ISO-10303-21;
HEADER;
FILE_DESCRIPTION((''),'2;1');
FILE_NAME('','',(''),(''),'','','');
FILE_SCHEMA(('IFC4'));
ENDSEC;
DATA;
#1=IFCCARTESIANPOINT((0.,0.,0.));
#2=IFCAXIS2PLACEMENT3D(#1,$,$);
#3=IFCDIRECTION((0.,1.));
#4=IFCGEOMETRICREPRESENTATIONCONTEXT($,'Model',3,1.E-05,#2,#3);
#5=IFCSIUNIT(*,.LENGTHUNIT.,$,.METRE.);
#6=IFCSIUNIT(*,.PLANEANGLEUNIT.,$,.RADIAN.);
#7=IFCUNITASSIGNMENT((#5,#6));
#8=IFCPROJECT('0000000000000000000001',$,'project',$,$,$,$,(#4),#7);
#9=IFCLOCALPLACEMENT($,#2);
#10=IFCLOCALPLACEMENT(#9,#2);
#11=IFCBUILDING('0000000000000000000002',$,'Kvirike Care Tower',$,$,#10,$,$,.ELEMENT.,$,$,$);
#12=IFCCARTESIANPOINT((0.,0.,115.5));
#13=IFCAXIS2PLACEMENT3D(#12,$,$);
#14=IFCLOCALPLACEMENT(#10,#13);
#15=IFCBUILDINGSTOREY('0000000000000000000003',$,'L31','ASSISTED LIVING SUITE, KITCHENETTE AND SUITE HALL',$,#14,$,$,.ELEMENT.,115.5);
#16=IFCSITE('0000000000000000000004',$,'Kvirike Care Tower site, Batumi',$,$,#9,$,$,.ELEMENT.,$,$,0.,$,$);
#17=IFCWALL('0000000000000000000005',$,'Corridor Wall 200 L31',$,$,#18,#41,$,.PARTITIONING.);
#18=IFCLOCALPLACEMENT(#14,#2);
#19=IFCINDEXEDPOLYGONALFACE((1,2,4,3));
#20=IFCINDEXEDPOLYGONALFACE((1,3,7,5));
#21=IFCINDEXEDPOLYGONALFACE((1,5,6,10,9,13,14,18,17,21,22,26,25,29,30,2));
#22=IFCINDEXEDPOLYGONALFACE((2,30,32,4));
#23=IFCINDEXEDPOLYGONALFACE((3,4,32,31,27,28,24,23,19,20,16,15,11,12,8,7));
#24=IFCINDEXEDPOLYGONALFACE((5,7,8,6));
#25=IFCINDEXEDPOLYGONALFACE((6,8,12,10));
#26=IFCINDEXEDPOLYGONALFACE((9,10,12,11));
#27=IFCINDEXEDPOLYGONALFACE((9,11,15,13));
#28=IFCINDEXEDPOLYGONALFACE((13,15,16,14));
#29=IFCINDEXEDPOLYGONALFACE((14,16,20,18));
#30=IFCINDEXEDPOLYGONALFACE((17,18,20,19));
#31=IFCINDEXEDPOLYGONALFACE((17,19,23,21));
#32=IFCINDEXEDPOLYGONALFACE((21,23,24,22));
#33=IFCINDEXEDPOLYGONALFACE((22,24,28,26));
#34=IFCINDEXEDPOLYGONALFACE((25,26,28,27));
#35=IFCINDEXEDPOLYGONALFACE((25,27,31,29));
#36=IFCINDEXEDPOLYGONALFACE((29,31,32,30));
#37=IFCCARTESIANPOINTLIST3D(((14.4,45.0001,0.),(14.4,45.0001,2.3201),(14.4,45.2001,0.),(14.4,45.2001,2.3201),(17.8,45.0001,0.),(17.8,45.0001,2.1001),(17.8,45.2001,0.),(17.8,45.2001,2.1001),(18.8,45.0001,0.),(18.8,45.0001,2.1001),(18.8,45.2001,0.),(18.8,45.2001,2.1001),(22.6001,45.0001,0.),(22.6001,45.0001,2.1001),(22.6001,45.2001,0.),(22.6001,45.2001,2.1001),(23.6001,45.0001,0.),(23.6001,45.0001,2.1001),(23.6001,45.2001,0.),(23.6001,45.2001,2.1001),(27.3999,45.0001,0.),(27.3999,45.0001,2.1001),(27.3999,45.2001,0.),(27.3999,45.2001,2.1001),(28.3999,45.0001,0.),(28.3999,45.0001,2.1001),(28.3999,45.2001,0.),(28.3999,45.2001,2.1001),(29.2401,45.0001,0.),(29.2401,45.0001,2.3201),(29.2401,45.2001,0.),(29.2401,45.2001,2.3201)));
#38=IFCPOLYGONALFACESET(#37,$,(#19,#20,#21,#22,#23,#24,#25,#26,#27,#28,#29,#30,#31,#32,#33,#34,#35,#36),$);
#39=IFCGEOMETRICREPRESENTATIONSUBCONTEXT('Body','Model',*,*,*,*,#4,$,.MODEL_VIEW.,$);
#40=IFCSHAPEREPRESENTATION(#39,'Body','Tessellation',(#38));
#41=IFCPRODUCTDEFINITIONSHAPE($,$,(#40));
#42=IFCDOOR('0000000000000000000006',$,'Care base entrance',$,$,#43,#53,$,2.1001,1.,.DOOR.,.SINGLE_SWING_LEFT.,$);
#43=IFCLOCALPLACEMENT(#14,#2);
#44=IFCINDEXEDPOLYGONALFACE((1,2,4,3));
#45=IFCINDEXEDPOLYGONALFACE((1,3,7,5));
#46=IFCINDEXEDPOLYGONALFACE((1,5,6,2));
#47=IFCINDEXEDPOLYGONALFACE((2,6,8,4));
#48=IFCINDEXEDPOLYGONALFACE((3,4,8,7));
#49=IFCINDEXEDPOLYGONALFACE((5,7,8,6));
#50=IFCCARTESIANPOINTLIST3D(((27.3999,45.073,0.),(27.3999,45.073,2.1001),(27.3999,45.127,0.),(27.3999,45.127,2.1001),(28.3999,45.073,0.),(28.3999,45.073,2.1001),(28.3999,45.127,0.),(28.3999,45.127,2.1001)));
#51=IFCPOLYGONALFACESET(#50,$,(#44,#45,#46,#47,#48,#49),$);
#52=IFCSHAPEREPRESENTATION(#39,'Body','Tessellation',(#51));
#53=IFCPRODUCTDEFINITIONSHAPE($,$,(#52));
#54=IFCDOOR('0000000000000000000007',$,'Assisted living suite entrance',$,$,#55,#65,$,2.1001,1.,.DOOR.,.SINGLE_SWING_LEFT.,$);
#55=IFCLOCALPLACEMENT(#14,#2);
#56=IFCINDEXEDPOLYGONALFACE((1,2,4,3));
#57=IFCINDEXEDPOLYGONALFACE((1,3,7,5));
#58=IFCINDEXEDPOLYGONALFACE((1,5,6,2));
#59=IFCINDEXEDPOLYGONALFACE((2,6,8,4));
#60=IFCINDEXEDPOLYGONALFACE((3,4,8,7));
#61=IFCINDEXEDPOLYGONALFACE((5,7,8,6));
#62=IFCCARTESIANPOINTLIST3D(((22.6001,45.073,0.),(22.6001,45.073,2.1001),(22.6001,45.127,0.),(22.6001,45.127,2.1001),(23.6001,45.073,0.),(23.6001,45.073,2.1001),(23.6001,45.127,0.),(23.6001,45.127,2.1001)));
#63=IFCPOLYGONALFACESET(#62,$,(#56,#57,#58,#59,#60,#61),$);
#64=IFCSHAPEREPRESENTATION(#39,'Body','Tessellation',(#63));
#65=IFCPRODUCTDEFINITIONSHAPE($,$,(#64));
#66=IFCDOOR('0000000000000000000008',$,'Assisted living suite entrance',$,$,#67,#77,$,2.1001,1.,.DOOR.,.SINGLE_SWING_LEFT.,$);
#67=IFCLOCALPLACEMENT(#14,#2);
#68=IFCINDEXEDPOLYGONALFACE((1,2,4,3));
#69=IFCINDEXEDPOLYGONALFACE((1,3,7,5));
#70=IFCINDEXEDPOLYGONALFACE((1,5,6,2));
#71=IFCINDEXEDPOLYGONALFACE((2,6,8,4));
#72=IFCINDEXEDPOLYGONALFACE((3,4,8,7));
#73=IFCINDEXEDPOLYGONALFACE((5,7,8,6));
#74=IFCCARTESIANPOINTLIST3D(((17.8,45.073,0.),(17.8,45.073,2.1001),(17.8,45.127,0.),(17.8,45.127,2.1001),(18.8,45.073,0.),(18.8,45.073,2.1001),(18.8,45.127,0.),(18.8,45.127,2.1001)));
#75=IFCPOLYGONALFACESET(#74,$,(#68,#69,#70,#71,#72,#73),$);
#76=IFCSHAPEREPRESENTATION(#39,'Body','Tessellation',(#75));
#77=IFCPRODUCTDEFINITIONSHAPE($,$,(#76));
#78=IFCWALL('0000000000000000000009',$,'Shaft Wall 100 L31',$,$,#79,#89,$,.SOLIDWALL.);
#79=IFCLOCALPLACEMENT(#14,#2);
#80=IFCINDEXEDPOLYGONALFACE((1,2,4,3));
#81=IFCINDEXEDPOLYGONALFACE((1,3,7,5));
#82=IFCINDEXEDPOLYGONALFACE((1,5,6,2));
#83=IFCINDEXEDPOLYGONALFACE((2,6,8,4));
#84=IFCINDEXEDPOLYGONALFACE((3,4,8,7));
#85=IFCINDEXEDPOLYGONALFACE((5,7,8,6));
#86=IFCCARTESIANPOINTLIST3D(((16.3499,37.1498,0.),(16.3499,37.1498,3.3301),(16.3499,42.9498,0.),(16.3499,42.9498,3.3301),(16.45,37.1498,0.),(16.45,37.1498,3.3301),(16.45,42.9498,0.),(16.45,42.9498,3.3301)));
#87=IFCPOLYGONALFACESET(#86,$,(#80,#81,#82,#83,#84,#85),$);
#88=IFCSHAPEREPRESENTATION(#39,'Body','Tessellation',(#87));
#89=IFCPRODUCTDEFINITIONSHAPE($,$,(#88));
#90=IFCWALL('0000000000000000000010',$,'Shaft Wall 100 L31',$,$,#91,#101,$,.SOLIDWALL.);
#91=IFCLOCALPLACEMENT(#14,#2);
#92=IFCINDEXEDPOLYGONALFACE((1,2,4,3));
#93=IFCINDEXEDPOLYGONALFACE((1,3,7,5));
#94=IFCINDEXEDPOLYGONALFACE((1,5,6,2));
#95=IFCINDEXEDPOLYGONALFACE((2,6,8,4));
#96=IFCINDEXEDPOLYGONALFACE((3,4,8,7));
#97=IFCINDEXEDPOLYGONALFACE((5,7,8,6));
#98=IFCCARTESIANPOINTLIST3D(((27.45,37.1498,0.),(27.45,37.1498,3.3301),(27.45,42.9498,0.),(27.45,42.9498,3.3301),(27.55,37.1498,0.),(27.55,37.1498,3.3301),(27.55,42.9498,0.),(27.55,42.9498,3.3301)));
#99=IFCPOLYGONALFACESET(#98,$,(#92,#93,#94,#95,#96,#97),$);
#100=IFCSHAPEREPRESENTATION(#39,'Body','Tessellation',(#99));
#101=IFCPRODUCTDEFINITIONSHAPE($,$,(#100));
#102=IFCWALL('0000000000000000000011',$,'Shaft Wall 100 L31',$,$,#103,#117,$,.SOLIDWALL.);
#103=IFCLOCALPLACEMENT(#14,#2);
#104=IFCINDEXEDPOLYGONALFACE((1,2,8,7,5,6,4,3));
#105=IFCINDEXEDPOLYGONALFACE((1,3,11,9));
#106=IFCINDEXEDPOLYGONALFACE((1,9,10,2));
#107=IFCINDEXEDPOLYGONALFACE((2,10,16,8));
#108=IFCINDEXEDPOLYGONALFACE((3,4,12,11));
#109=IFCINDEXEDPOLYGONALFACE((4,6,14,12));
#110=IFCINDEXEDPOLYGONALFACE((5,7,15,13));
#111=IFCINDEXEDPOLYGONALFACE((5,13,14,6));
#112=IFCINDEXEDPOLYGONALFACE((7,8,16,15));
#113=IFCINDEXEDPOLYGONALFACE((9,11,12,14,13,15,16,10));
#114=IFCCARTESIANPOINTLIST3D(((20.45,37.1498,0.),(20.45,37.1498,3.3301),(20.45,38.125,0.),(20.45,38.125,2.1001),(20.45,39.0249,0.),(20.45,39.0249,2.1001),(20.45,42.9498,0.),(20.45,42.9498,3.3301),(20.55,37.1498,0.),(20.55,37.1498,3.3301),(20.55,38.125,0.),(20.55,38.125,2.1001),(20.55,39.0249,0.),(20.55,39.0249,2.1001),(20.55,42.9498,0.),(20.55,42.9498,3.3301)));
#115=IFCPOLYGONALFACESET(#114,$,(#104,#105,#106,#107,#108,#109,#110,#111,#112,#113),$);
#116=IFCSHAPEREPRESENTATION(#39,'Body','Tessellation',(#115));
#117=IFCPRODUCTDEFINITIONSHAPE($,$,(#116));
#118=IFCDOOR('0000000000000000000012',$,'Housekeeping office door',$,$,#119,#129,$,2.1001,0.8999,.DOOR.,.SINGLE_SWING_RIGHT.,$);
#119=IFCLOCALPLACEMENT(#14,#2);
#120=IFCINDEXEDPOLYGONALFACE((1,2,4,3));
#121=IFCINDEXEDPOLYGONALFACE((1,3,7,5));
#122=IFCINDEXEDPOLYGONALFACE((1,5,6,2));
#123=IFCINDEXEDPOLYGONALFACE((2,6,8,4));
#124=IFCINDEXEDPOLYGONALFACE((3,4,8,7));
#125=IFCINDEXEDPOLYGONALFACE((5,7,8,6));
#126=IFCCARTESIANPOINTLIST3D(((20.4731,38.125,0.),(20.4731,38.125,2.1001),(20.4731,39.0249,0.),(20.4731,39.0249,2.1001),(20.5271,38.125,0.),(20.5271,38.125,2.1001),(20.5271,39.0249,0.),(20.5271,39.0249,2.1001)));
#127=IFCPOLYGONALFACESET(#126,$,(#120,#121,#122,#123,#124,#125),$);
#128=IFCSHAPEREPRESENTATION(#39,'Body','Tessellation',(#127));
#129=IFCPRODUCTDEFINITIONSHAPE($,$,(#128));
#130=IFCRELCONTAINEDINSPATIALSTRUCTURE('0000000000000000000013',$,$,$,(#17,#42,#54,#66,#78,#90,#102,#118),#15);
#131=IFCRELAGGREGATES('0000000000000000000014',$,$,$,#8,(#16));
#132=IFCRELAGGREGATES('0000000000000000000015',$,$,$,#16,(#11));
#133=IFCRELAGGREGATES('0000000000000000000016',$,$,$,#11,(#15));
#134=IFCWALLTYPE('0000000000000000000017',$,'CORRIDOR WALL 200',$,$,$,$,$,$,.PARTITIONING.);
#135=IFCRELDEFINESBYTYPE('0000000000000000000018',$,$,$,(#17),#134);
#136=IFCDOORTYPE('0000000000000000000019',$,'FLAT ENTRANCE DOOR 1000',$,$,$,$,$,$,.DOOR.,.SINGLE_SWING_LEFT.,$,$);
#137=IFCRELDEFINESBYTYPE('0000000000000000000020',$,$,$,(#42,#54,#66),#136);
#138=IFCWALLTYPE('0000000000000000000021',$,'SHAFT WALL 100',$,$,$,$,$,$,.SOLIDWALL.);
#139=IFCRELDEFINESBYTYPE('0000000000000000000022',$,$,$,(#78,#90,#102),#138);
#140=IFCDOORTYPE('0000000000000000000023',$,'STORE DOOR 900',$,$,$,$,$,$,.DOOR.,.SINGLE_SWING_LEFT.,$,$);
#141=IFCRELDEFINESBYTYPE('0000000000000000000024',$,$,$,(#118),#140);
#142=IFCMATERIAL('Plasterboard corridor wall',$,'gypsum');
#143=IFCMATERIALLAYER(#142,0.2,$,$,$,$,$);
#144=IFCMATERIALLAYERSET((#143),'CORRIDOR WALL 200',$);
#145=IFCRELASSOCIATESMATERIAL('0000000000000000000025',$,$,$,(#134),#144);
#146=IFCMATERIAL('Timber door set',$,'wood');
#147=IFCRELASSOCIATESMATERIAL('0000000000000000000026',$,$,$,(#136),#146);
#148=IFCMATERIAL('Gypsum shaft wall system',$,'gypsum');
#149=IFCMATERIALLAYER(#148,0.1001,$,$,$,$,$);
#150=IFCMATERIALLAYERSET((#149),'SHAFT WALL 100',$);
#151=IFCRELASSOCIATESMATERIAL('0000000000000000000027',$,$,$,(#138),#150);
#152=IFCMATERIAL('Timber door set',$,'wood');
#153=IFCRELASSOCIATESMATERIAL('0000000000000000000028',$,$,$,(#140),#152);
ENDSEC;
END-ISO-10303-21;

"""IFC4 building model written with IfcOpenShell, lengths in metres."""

from ifc_helpers import new_model, si_unit, direction, frame, frame_2d, origin, place, context, subcontext, project, spatial, rectangle, extrude, material, layer, layer_set, type_object, element, fill, save


model = new_model("IFC4")

# Units and contexts
model_context = context("Model", 3, precision=1e-05, world=origin(), true_north=direction((0.0, 1.0)))
body_context = subcontext(model_context, "Body", "Model", "MODEL_VIEW")
ifc_project = project(units=[si_unit("LENGTHUNIT", "METRE"), si_unit("PLANEANGLEUNIT", "RADIAN")], contexts=[model_context])

# Site, building, storey
site_placement = place(None, origin())
site = spatial("IfcSite", under=ifc_project, at=site_placement, Name="Kvirike Care Tower site, Batumi", CompositionType="ELEMENT", RefElevation=0.0)
building_placement = place(site_placement, origin())
building = spatial("IfcBuilding", under=site, at=building_placement, Name="Kvirike Care Tower", CompositionType="ELEMENT")
storey_placement = place(building_placement, frame((0.0, 0.0, 115.5)))
storey = spatial("IfcBuildingStorey", under=building, at=storey_placement, Name="L31", Description="ASSISTED LIVING SUITE, KITCHENETTE AND SUITE HALL", CompositionType="ELEMENT", Elevation=115.5)

# Wall, openings, doors
ifc_material_1 = material(Name="Plasterboard corridor wall", Category="gypsum")
ifc_layer_1 = layer(ifc_material_1, 0.2)
ifc_layer_set_1 = layer_set([ifc_layer_1], Name="CORRIDOR WALL 200")
wall_type_1 = type_object("IfcWallType", Name="CORRIDOR WALL 200", PredefinedType="PARTITIONING", material=ifc_layer_set_1)
wall_1_placement = place(storey_placement, frame((29.24, 45.1001, 0.0), z_axis=(0.0, 0.0, 1.0), x_axis=(-1.0, 0.0, 0.0)))
wall_1 = element("IfcWall", 1, at=wall_1_placement, inside=storey, type_object=wall_type_1, Name="Corridor Wall 200 L31", PredefinedType="PARTITIONING", context=body_context, shape_type="SweptSolid", body=[
    extrude(rectangle(XDim=14.8401, YDim=0.2, at=frame_2d((7.4199, 0.0))), origin(), (0.0, 0.0, 1.0), 2.3201),
])
opening_1_placement = place(wall_1_placement, frame((0.8401, 0.0, 0.0)))
opening_1 = element("IfcOpeningElement", 2, at=opening_1_placement, cuts=wall_1, PredefinedType="OPENING", context=body_context, shape_type="SweptSolid", body=[
    extrude(rectangle(XDim=1.0, YDim=2.1001, at=frame_2d((0.5, 1.05))), frame((0.0, 0.1106, 0.0), z_axis=(0.0, -1.0, 0.0), x_axis=(1.0, 0.0, 0.0)), (0.0, 0.0, 1.0), 0.2209),
])
opening_2_placement = place(wall_1_placement, frame((5.6399, 0.0, 0.0)))
opening_2 = element("IfcOpeningElement", 3, at=opening_2_placement, cuts=wall_1, PredefinedType="OPENING", context=body_context, shape_type="SweptSolid", body=[
    extrude(rectangle(XDim=1.0, YDim=2.1001, at=frame_2d((0.5, 1.05))), frame((0.0, 0.1106, 0.0), z_axis=(0.0, -1.0, 0.0), x_axis=(1.0, 0.0, 0.0)), (0.0, 0.0, 1.0), 0.2209),
])
opening_3_placement = place(wall_1_placement, frame((10.4399, 0.0, 0.0)))
opening_3 = element("IfcOpeningElement", 4, at=opening_3_placement, cuts=wall_1, PredefinedType="OPENING", context=body_context, shape_type="SweptSolid", body=[
    extrude(rectangle(XDim=1.0, YDim=2.1001, at=frame_2d((0.5, 1.05))), frame((0.0, 0.1106, 0.0), z_axis=(0.0, -1.0, 0.0), x_axis=(1.0, 0.0, 0.0)), (0.0, 0.0, 1.0), 0.2209),
])
ifc_material_2 = material(Name="Timber door set", Category="wood")
door_type_1 = type_object("IfcDoorType", Name="FLAT ENTRANCE DOOR 1000", OperationType="SINGLE_SWING_LEFT", PredefinedType="DOOR", material=ifc_material_2)
door_1_placement = place(opening_1_placement, frame((1.0, 0.0, 0.0), z_axis=(0.0, 0.0, 1.0), x_axis=(-1.0, 0.0, 0.0)))
door_1 = element("IfcDoor", 5, at=door_1_placement, inside=storey, type_object=door_type_1, Name="Care base entrance", OperationType="SINGLE_SWING_LEFT", OverallHeight=2.1001, OverallWidth=1.0, PredefinedType="DOOR", context=body_context, shape_type="SweptSolid", body=[
    extrude(rectangle(XDim=1.0, YDim=2.1001, at=frame_2d((0.5, 1.05))), frame((0.0, 0.0269, 0.0), z_axis=(0.0, -1.0, 0.0), x_axis=(1.0, 0.0, 0.0)), (0.0, 0.0, 1.0), 0.054),
])
fill(opening_1, door_1)
door_2_placement = place(opening_2_placement, frame((1.0, 0.0, 0.0), z_axis=(0.0, 0.0, 1.0), x_axis=(-1.0, 0.0, 0.0)))
door_2 = element("IfcDoor", 6, at=door_2_placement, inside=storey, type_object=door_type_1, Name="Assisted living suite entrance", OperationType="SINGLE_SWING_LEFT", OverallHeight=2.1001, OverallWidth=1.0, PredefinedType="DOOR", context=body_context, shape_type="SweptSolid", body=[
    extrude(rectangle(XDim=1.0, YDim=2.1001, at=frame_2d((0.5, 1.05))), frame((0.0, 0.0269, 0.0), z_axis=(0.0, -1.0, 0.0), x_axis=(1.0, 0.0, 0.0)), (0.0, 0.0, 1.0), 0.054),
])
fill(opening_2, door_2)
door_3_placement = place(opening_3_placement, frame((1.0, 0.0, 0.0), z_axis=(0.0, 0.0, 1.0), x_axis=(-1.0, 0.0, 0.0)))
door_3 = element("IfcDoor", 7, at=door_3_placement, inside=storey, type_object=door_type_1, Name="Assisted living suite entrance", OperationType="SINGLE_SWING_LEFT", OverallHeight=2.1001, OverallWidth=1.0, PredefinedType="DOOR", context=body_context, shape_type="SweptSolid", body=[
    extrude(rectangle(XDim=1.0, YDim=2.1001, at=frame_2d((0.5, 1.05))), frame((0.0, 0.0269, 0.0), z_axis=(0.0, -1.0, 0.0), x_axis=(1.0, 0.0, 0.0)), (0.0, 0.0, 1.0), 0.054),
])
fill(opening_3, door_3)

# Walls
ifc_material_3 = material(Name="Gypsum shaft wall system", Category="gypsum")
ifc_layer_2 = layer(ifc_material_3, 0.1001)
ifc_layer_set_2 = layer_set([ifc_layer_2], Name="SHAFT WALL 100")
wall_type_2 = type_object("IfcWallType", Name="SHAFT WALL 100", PredefinedType="SOLIDWALL", material=ifc_layer_set_2)
for number, where, z_axis, x_axis, name in (
    (8, (16.3999, 37.1499, 0.0), (0.0, 0.0, 1.0), (0.0, 1.0, 0.0), "Shaft Wall 100 L31"),
    (9, (27.5, 37.1499, 0.0), (0.0, 0.0, 1.0), (0.0, 1.0, 0.0), "Shaft Wall 100 L31"),
):
    element("IfcWall", number, at=place(storey_placement, frame(where, z_axis=z_axis, x_axis=x_axis)), inside=storey, type_object=wall_type_2, Name=name, PredefinedType="SOLIDWALL", context=body_context, shape_type="SweptSolid", body=[
        extrude(rectangle(XDim=5.8, YDim=0.1001, at=frame_2d((2.8999, 0.0))), origin(), (0.0, 0.0, 1.0), 3.3301),
    ])

# Wall, opening, door
wall_2_placement = place(storey_placement, frame((20.5, 37.1499, 0.0), z_axis=(0.0, 0.0, 1.0), x_axis=(0.0, 1.0, 0.0)))
wall_2 = element("IfcWall", 10, at=wall_2_placement, inside=storey, type_object=wall_type_2, Name="Shaft Wall 100 L31", PredefinedType="SOLIDWALL", context=body_context, shape_type="SweptSolid", body=[
    extrude(rectangle(XDim=5.8, YDim=0.1001, at=frame_2d((2.8999, 0.0))), origin(), (0.0, 0.0, 1.0), 3.3301),
])
opening_4_placement = place(wall_2_placement, frame((0.9751, 0.0, 0.0)))
opening_4 = element("IfcOpeningElement", 11, at=opening_4_placement, cuts=wall_2, PredefinedType="OPENING", context=body_context, shape_type="SweptSolid", body=[
    extrude(rectangle(XDim=0.8999, YDim=2.1001, at=frame_2d((0.45, 1.05))), frame((0.0, 0.0605, 0.0), z_axis=(0.0, -1.0, 0.0), x_axis=(1.0, 0.0, 0.0)), (0.0, 0.0, 1.0), 0.1211),
])
ifc_material_4 = material(Name="Timber door set", Category="wood")
door_type_2 = type_object("IfcDoorType", Name="STORE DOOR 900", OperationType="SINGLE_SWING_LEFT", PredefinedType="DOOR", material=ifc_material_4)
door_4_placement = place(opening_4_placement, origin())
door_4 = element("IfcDoor", 12, at=door_4_placement, inside=storey, type_object=door_type_2, Name="Housekeeping office door", OperationType="SINGLE_SWING_RIGHT", OverallHeight=2.1001, OverallWidth=0.8999, PredefinedType="DOOR", context=body_context, shape_type="SweptSolid", body=[
    extrude(rectangle(XDim=0.8999, YDim=2.1001, at=frame_2d((0.45, 1.05))), frame((0.0, 0.0269, 0.0), z_axis=(0.0, -1.0, 0.0), x_axis=(1.0, 0.0, 0.0)), (0.0, 0.0, 1.0), 0.054),
])
fill(opening_4, door_4)

save(model, "model.ifc")
